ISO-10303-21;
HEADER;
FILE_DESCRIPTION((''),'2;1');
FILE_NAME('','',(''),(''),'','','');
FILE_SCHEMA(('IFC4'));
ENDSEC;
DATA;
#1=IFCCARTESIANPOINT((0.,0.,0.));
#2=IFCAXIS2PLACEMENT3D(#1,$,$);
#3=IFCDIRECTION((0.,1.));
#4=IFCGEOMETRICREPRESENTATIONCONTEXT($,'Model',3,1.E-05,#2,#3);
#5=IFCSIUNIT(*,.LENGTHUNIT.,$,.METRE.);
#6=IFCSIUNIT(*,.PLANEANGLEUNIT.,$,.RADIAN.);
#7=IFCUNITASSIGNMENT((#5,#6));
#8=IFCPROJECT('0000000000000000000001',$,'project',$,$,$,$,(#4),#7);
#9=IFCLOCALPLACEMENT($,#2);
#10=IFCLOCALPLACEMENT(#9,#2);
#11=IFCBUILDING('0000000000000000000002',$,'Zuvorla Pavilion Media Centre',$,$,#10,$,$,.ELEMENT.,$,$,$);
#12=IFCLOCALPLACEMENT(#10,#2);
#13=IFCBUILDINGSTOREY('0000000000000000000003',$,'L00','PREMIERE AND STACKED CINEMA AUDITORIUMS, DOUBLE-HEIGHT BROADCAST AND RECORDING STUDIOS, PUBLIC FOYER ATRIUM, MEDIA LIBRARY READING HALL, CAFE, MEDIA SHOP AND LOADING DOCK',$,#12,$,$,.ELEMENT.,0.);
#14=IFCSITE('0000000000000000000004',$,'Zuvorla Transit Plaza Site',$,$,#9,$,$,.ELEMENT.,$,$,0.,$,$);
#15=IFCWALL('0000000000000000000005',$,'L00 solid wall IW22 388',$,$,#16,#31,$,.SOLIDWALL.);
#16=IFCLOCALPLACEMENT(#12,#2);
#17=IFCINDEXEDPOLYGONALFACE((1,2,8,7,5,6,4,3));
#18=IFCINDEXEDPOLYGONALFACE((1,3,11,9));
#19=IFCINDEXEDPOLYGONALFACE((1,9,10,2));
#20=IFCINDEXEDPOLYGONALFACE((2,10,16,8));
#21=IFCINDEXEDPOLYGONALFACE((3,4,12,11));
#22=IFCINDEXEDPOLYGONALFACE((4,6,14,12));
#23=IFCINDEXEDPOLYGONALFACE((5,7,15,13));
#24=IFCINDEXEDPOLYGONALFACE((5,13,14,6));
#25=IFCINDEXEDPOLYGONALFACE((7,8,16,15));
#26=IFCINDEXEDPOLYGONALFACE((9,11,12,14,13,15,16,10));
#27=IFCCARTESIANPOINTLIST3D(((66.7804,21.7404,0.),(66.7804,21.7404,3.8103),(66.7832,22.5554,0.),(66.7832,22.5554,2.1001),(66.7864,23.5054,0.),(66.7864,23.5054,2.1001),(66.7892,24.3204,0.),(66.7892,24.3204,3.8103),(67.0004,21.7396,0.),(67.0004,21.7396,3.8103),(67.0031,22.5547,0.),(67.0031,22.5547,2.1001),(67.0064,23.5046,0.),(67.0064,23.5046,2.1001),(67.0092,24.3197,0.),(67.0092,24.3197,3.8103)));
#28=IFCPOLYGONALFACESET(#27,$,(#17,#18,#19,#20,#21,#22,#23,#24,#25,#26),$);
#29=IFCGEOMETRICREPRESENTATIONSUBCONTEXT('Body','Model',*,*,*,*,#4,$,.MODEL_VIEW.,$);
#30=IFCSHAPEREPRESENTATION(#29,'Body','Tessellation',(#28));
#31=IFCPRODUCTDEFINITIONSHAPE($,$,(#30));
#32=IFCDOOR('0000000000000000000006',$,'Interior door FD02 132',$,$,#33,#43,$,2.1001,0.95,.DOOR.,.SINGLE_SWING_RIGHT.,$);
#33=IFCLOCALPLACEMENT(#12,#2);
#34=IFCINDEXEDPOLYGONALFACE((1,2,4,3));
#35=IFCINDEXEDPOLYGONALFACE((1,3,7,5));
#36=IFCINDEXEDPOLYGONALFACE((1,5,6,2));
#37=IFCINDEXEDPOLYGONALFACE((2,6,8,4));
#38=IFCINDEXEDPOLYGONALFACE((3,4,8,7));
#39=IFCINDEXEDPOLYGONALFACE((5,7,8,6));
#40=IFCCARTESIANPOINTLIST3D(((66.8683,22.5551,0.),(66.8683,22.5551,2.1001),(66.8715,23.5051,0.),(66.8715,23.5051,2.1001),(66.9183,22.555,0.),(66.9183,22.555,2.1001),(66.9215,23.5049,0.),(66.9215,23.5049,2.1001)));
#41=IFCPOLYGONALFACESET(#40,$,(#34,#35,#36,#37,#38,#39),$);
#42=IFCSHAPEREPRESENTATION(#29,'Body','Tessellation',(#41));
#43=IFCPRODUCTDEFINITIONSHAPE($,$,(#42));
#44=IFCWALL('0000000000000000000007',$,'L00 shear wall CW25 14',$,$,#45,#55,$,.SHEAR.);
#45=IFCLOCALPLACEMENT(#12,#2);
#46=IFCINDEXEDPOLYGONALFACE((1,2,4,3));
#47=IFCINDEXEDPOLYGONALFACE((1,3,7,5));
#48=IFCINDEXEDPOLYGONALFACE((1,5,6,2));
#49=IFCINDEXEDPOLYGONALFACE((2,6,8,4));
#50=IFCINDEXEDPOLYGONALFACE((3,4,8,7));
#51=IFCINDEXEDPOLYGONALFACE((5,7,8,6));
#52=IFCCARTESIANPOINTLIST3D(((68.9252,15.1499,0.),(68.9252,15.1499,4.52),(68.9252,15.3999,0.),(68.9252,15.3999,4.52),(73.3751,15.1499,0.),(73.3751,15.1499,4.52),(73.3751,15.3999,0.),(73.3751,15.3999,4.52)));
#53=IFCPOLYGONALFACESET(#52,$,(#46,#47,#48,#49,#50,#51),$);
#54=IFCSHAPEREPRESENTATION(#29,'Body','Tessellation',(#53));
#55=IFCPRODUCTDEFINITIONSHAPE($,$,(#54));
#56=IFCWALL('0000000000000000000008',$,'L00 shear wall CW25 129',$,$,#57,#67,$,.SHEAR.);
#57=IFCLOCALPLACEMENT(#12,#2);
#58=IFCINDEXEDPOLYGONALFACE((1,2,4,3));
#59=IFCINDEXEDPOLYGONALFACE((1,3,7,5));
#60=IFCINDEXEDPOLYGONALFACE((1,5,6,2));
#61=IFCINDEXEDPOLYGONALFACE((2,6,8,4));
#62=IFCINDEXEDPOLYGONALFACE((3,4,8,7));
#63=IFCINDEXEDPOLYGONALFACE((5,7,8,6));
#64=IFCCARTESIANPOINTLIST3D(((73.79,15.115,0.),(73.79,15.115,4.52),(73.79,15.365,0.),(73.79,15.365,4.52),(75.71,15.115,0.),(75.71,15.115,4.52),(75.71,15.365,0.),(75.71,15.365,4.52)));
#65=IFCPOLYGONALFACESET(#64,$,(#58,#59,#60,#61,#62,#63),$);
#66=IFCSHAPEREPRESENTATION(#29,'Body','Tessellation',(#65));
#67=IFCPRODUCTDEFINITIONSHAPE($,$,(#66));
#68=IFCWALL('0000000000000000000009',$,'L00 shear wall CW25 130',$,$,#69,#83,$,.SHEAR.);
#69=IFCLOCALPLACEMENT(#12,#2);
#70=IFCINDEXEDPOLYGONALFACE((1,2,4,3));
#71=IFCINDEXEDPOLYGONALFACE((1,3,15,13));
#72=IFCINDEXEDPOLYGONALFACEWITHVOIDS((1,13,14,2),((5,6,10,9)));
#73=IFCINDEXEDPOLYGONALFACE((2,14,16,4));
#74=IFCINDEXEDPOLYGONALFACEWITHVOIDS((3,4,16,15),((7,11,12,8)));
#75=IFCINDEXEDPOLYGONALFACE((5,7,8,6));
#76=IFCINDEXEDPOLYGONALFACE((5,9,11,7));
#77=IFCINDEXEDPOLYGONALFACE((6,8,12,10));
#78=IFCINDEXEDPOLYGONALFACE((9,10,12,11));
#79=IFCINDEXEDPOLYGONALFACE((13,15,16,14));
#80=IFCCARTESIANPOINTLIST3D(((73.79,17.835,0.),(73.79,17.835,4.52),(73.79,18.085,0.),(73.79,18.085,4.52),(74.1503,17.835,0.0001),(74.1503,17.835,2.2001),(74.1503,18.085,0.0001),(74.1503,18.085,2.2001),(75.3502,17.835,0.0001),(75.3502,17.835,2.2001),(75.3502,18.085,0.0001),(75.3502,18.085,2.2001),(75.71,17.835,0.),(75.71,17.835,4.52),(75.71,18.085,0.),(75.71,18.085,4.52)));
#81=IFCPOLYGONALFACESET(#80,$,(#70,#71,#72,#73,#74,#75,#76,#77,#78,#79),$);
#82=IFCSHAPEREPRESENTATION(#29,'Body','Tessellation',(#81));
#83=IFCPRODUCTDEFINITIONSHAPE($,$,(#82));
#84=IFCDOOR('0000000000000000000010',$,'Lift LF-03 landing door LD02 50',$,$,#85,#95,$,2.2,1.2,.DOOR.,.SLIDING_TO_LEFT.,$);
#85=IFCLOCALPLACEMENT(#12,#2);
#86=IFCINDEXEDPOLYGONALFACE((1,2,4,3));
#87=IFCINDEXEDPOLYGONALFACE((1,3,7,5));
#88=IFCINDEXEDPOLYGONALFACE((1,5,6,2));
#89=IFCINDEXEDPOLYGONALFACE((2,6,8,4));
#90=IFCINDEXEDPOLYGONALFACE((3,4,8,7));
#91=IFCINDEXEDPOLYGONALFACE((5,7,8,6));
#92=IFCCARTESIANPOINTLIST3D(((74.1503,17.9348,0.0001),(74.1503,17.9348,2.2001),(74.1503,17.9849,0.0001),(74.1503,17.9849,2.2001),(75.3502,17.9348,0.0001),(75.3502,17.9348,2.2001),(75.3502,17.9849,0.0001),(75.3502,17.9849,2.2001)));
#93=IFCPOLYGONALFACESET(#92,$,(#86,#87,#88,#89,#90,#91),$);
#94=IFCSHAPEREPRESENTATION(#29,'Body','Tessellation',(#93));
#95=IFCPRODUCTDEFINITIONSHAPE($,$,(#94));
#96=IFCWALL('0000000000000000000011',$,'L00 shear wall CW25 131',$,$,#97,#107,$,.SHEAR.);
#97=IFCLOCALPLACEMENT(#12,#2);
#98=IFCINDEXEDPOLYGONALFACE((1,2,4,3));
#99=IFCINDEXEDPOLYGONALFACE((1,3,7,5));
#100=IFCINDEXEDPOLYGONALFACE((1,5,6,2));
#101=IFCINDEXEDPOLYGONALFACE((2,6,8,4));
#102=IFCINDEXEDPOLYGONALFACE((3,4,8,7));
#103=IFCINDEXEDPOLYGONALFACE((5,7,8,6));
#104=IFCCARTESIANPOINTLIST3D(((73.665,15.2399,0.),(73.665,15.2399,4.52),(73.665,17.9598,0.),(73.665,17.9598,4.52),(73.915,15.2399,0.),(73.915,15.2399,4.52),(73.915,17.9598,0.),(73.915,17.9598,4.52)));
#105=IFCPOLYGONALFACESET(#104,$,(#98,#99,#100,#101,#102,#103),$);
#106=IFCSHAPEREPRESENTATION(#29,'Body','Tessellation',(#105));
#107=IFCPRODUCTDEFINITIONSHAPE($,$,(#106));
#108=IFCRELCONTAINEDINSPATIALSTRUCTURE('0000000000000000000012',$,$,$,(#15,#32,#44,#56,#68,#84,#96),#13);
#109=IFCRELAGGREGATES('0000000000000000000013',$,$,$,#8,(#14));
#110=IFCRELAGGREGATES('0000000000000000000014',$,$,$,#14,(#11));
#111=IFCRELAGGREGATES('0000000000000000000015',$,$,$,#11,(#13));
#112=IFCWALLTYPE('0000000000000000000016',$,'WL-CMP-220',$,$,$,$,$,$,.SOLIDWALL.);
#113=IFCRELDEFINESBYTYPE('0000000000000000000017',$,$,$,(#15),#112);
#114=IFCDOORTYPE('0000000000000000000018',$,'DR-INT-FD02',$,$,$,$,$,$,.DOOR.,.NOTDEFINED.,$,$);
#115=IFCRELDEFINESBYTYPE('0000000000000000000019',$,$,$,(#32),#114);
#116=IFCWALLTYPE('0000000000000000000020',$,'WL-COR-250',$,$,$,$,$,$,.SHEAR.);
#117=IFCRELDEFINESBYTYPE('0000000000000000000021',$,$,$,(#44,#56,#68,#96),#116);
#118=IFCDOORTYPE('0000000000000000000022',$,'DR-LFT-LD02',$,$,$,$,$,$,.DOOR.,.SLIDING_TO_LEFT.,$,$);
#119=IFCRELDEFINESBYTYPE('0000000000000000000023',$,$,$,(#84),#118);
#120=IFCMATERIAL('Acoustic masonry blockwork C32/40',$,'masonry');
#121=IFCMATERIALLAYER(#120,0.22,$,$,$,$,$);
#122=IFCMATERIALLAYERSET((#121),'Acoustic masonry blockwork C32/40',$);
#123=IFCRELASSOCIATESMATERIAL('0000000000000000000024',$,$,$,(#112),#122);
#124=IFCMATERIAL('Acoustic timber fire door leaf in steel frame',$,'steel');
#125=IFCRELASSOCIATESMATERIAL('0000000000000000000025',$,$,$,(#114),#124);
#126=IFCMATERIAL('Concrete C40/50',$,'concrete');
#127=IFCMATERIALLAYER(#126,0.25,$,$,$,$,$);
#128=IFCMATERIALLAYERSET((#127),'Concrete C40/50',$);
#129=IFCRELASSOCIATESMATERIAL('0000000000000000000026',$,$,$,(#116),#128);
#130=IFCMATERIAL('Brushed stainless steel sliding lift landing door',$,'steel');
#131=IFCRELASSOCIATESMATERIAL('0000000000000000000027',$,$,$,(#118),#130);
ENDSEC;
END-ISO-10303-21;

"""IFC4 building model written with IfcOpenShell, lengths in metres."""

from ifc_helpers import new_model, si_unit, direction, frame, frame_2d, origin, place, context, subcontext, project, spatial, rectangle, extrude, material, layer, layer_set, type_object, element, fill, save


model = new_model("IFC4")

# Units and contexts
model_context = context("Model", 3, precision=1e-05, world=origin(), true_north=direction((0.0, 1.0)))
body_context = subcontext(model_context, "Body", "Model", "MODEL_VIEW")
ifc_project = project(units=[si_unit("LENGTHUNIT", "METRE"), si_unit("PLANEANGLEUNIT", "RADIAN")], contexts=[model_context])

# Site, building, storey
site_placement = place(None, origin())
site = spatial("IfcSite", under=ifc_project, at=site_placement, Name="Zuvorla Transit Plaza Site", CompositionType="ELEMENT", RefElevation=0.0)
building_placement = place(site_placement, origin())
building = spatial("IfcBuilding", under=site, at=building_placement, Name="Zuvorla Pavilion Media Centre", CompositionType="ELEMENT")
storey_placement = place(building_placement, origin())
storey = spatial("IfcBuildingStorey", under=building, at=storey_placement, Name="L00", Description="PREMIERE AND STACKED CINEMA AUDITORIUMS, DOUBLE-HEIGHT BROADCAST AND RECORDING STUDIOS, PUBLIC FOYER ATRIUM, MEDIA LIBRARY READING HALL, CAFE, MEDIA SHOP AND LOADING DOCK", CompositionType="ELEMENT", Elevation=0.0)

# Shared definitions
ifc_material_1 = material(Name="Concrete C40/50", Category="concrete")

# Shared definitions
ifc_material_2 = material(Name="Acoustic masonry blockwork C32/40", Category="masonry")
ifc_layer_1 = layer(ifc_material_2, 0.22)
ifc_layer_set_1 = layer_set([ifc_layer_1], Name="Acoustic masonry blockwork C32/40")
wall_type_1 = type_object("IfcWallType", Name="WL-CMP-220", PredefinedType="SOLIDWALL", material=ifc_layer_set_1)
ifc_material_3 = material(Name="Acoustic timber fire door leaf in steel frame", Category="steel")

# Wall, opening, door
wall_1_placement = place(storey_placement, frame((66.8904, 21.74, 0.0), z_axis=(0.0, 0.0, 1.0), x_axis=(0.003406, 0.999994, 0.0)))
wall_1 = element("IfcWall", 1, at=wall_1_placement, inside=storey, type_object=wall_type_1, Name="L00 solid wall IW22 388", PredefinedType="SOLIDWALL", context=body_context, shape_type="SweptSolid", body=[
    extrude(rectangle(XDim=2.5801, YDim=0.22, at=frame_2d((1.29, 0.0))), origin(), (0.0, 0.0, 1.0), 3.8103),
])
opening_1_placement = place(wall_1_placement, frame((0.8149, 0.0, 0.0)))
opening_1 = element("IfcOpeningElement", 2, at=opening_1_placement, cuts=wall_1, PredefinedType="OPENING", context=body_context, shape_type="SweptSolid", body=[
    extrude(rectangle(XDim=0.95, YDim=2.1001, at=frame_2d((0.4751, 1.05))), frame((0.0, 0.1199, 0.0), z_axis=(0.0, -1.0, 0.0), x_axis=(1.0, 0.0, 0.0)), (0.0, 0.0, 1.0), 0.24),
])
door_type_1 = type_object("IfcDoorType", Name="DR-INT-FD02", OperationType="NOTDEFINED", PredefinedType="DOOR", material=ifc_material_3)
door_1_placement = place(opening_1_placement, origin())
door_1 = element("IfcDoor", 3, at=door_1_placement, inside=storey, type_object=door_type_1, Name="Interior door FD02 132", OperationType="SINGLE_SWING_RIGHT", OverallHeight=2.1001, OverallWidth=0.95, PredefinedType="DOOR", context=body_context, shape_type="SweptSolid", body=[
    extrude(rectangle(XDim=0.95, YDim=2.1001, at=frame_2d((0.4751, 1.05))), frame((0.0, 0.0249, 0.0), z_axis=(0.0, -1.0, 0.0), x_axis=(1.0, 0.0, 0.0)), (0.0, 0.0, 1.0), 0.05),
])
fill(opening_1, door_1)

# Walls
ifc_layer_2 = layer(ifc_material_1, 0.25)
ifc_layer_set_2 = layer_set([ifc_layer_2], Name="Concrete C40/50")
wall_type_2 = type_object("IfcWallType", Name="WL-COR-250", PredefinedType="SHEAR", material=ifc_layer_set_2)
wall_2_placement = place(storey_placement, frame((68.925, 15.2749, 0.0), z_axis=(0.0, 0.0, 1.0), x_axis=(1.0, 0.0, 0.0)))
element("IfcWall", 4, at=wall_2_placement, inside=storey, type_object=wall_type_2, Name="L00 shear wall CW25 14", PredefinedType="SHEAR", context=body_context, shape_type="SweptSolid", body=[
    extrude(rectangle(XDim=4.45, YDim=0.25, at=frame_2d((2.2251, 0.0))), origin(), (0.0, 0.0, 1.0), 4.52),
])
wall_3_placement = place(storey_placement, frame((73.79, 15.24, 0.0), z_axis=(0.0, 0.0, 1.0), x_axis=(1.0, 0.0, 0.0)))
element("IfcWall", 5, at=wall_3_placement, inside=storey, type_object=wall_type_2, Name="L00 shear wall CW25 129", PredefinedType="SHEAR", context=body_context, shape_type="SweptSolid", body=[
    extrude(rectangle(XDim=1.9199, YDim=0.25, at=frame_2d((0.96, 0.0))), origin(), (0.0, 0.0, 1.0), 4.52),
])

# Wall, opening, door
wall_4_placement = place(storey_placement, frame((73.79, 17.96, 0.0), z_axis=(0.0, 0.0, 1.0), x_axis=(1.0, 0.0, 0.0)))
wall_4 = element("IfcWall", 6, at=wall_4_placement, inside=storey, type_object=wall_type_2, Name="L00 shear wall CW25 130", PredefinedType="SHEAR", context=body_context, shape_type="SweptSolid", body=[
    extrude(rectangle(XDim=1.9199, YDim=0.25, at=frame_2d((0.96, 0.0))), origin(), (0.0, 0.0, 1.0), 4.52),
])
opening_2_placement = place(wall_4_placement, frame((0.3601, 0.0, 0.0)))
opening_2 = element("IfcOpeningElement", 7, at=opening_2_placement, cuts=wall_4, PredefinedType="OPENING", context=body_context, shape_type="SweptSolid", body=[
    extrude(rectangle(XDim=1.2, YDim=2.2, at=frame_2d((0.6001, 1.1001))), frame((0.0, 0.135, 0.0), z_axis=(0.0, -1.0, 0.0), x_axis=(1.0, 0.0, 0.0)), (0.0, 0.0, 1.0), 0.27),
])
ifc_material_4 = material(Name="Brushed stainless steel sliding lift landing door", Category="steel")
door_type_2 = type_object("IfcDoorType", Name="DR-LFT-LD02", OperationType="SLIDING_TO_LEFT", PredefinedType="DOOR", material=ifc_material_4)
door_2_placement = place(opening_2_placement, origin())
door_2 = element("IfcDoor", 8, at=door_2_placement, inside=storey, type_object=door_type_2, Name="Lift LF-03 landing door LD02 50", OperationType="SLIDING_TO_LEFT", OverallHeight=2.2, OverallWidth=1.2, PredefinedType="DOOR", context=body_context, shape_type="SweptSolid", body=[
    extrude(rectangle(XDim=1.2, YDim=2.2, at=frame_2d((0.6001, 1.1001))), frame((0.0, 0.0249, 0.0), z_axis=(0.0, -1.0, 0.0), x_axis=(1.0, 0.0, 0.0)), (0.0, 0.0, 1.0), 0.05),
])
fill(opening_2, door_2)

# Wall
wall_5_placement = place(storey_placement, frame((73.79, 15.24, 0.0), z_axis=(0.0, 0.0, 1.0), x_axis=(0.0, 1.0, 0.0)))
element("IfcWall", 9, at=wall_5_placement, inside=storey, type_object=wall_type_2, Name="L00 shear wall CW25 131", PredefinedType="SHEAR", context=body_context, shape_type="SweptSolid", body=[
    extrude(rectangle(XDim=2.72, YDim=0.25, at=frame_2d((1.3599, 0.0))), origin(), (0.0, 0.0, 1.0), 4.52),
])

save(model, "model.ifc")
